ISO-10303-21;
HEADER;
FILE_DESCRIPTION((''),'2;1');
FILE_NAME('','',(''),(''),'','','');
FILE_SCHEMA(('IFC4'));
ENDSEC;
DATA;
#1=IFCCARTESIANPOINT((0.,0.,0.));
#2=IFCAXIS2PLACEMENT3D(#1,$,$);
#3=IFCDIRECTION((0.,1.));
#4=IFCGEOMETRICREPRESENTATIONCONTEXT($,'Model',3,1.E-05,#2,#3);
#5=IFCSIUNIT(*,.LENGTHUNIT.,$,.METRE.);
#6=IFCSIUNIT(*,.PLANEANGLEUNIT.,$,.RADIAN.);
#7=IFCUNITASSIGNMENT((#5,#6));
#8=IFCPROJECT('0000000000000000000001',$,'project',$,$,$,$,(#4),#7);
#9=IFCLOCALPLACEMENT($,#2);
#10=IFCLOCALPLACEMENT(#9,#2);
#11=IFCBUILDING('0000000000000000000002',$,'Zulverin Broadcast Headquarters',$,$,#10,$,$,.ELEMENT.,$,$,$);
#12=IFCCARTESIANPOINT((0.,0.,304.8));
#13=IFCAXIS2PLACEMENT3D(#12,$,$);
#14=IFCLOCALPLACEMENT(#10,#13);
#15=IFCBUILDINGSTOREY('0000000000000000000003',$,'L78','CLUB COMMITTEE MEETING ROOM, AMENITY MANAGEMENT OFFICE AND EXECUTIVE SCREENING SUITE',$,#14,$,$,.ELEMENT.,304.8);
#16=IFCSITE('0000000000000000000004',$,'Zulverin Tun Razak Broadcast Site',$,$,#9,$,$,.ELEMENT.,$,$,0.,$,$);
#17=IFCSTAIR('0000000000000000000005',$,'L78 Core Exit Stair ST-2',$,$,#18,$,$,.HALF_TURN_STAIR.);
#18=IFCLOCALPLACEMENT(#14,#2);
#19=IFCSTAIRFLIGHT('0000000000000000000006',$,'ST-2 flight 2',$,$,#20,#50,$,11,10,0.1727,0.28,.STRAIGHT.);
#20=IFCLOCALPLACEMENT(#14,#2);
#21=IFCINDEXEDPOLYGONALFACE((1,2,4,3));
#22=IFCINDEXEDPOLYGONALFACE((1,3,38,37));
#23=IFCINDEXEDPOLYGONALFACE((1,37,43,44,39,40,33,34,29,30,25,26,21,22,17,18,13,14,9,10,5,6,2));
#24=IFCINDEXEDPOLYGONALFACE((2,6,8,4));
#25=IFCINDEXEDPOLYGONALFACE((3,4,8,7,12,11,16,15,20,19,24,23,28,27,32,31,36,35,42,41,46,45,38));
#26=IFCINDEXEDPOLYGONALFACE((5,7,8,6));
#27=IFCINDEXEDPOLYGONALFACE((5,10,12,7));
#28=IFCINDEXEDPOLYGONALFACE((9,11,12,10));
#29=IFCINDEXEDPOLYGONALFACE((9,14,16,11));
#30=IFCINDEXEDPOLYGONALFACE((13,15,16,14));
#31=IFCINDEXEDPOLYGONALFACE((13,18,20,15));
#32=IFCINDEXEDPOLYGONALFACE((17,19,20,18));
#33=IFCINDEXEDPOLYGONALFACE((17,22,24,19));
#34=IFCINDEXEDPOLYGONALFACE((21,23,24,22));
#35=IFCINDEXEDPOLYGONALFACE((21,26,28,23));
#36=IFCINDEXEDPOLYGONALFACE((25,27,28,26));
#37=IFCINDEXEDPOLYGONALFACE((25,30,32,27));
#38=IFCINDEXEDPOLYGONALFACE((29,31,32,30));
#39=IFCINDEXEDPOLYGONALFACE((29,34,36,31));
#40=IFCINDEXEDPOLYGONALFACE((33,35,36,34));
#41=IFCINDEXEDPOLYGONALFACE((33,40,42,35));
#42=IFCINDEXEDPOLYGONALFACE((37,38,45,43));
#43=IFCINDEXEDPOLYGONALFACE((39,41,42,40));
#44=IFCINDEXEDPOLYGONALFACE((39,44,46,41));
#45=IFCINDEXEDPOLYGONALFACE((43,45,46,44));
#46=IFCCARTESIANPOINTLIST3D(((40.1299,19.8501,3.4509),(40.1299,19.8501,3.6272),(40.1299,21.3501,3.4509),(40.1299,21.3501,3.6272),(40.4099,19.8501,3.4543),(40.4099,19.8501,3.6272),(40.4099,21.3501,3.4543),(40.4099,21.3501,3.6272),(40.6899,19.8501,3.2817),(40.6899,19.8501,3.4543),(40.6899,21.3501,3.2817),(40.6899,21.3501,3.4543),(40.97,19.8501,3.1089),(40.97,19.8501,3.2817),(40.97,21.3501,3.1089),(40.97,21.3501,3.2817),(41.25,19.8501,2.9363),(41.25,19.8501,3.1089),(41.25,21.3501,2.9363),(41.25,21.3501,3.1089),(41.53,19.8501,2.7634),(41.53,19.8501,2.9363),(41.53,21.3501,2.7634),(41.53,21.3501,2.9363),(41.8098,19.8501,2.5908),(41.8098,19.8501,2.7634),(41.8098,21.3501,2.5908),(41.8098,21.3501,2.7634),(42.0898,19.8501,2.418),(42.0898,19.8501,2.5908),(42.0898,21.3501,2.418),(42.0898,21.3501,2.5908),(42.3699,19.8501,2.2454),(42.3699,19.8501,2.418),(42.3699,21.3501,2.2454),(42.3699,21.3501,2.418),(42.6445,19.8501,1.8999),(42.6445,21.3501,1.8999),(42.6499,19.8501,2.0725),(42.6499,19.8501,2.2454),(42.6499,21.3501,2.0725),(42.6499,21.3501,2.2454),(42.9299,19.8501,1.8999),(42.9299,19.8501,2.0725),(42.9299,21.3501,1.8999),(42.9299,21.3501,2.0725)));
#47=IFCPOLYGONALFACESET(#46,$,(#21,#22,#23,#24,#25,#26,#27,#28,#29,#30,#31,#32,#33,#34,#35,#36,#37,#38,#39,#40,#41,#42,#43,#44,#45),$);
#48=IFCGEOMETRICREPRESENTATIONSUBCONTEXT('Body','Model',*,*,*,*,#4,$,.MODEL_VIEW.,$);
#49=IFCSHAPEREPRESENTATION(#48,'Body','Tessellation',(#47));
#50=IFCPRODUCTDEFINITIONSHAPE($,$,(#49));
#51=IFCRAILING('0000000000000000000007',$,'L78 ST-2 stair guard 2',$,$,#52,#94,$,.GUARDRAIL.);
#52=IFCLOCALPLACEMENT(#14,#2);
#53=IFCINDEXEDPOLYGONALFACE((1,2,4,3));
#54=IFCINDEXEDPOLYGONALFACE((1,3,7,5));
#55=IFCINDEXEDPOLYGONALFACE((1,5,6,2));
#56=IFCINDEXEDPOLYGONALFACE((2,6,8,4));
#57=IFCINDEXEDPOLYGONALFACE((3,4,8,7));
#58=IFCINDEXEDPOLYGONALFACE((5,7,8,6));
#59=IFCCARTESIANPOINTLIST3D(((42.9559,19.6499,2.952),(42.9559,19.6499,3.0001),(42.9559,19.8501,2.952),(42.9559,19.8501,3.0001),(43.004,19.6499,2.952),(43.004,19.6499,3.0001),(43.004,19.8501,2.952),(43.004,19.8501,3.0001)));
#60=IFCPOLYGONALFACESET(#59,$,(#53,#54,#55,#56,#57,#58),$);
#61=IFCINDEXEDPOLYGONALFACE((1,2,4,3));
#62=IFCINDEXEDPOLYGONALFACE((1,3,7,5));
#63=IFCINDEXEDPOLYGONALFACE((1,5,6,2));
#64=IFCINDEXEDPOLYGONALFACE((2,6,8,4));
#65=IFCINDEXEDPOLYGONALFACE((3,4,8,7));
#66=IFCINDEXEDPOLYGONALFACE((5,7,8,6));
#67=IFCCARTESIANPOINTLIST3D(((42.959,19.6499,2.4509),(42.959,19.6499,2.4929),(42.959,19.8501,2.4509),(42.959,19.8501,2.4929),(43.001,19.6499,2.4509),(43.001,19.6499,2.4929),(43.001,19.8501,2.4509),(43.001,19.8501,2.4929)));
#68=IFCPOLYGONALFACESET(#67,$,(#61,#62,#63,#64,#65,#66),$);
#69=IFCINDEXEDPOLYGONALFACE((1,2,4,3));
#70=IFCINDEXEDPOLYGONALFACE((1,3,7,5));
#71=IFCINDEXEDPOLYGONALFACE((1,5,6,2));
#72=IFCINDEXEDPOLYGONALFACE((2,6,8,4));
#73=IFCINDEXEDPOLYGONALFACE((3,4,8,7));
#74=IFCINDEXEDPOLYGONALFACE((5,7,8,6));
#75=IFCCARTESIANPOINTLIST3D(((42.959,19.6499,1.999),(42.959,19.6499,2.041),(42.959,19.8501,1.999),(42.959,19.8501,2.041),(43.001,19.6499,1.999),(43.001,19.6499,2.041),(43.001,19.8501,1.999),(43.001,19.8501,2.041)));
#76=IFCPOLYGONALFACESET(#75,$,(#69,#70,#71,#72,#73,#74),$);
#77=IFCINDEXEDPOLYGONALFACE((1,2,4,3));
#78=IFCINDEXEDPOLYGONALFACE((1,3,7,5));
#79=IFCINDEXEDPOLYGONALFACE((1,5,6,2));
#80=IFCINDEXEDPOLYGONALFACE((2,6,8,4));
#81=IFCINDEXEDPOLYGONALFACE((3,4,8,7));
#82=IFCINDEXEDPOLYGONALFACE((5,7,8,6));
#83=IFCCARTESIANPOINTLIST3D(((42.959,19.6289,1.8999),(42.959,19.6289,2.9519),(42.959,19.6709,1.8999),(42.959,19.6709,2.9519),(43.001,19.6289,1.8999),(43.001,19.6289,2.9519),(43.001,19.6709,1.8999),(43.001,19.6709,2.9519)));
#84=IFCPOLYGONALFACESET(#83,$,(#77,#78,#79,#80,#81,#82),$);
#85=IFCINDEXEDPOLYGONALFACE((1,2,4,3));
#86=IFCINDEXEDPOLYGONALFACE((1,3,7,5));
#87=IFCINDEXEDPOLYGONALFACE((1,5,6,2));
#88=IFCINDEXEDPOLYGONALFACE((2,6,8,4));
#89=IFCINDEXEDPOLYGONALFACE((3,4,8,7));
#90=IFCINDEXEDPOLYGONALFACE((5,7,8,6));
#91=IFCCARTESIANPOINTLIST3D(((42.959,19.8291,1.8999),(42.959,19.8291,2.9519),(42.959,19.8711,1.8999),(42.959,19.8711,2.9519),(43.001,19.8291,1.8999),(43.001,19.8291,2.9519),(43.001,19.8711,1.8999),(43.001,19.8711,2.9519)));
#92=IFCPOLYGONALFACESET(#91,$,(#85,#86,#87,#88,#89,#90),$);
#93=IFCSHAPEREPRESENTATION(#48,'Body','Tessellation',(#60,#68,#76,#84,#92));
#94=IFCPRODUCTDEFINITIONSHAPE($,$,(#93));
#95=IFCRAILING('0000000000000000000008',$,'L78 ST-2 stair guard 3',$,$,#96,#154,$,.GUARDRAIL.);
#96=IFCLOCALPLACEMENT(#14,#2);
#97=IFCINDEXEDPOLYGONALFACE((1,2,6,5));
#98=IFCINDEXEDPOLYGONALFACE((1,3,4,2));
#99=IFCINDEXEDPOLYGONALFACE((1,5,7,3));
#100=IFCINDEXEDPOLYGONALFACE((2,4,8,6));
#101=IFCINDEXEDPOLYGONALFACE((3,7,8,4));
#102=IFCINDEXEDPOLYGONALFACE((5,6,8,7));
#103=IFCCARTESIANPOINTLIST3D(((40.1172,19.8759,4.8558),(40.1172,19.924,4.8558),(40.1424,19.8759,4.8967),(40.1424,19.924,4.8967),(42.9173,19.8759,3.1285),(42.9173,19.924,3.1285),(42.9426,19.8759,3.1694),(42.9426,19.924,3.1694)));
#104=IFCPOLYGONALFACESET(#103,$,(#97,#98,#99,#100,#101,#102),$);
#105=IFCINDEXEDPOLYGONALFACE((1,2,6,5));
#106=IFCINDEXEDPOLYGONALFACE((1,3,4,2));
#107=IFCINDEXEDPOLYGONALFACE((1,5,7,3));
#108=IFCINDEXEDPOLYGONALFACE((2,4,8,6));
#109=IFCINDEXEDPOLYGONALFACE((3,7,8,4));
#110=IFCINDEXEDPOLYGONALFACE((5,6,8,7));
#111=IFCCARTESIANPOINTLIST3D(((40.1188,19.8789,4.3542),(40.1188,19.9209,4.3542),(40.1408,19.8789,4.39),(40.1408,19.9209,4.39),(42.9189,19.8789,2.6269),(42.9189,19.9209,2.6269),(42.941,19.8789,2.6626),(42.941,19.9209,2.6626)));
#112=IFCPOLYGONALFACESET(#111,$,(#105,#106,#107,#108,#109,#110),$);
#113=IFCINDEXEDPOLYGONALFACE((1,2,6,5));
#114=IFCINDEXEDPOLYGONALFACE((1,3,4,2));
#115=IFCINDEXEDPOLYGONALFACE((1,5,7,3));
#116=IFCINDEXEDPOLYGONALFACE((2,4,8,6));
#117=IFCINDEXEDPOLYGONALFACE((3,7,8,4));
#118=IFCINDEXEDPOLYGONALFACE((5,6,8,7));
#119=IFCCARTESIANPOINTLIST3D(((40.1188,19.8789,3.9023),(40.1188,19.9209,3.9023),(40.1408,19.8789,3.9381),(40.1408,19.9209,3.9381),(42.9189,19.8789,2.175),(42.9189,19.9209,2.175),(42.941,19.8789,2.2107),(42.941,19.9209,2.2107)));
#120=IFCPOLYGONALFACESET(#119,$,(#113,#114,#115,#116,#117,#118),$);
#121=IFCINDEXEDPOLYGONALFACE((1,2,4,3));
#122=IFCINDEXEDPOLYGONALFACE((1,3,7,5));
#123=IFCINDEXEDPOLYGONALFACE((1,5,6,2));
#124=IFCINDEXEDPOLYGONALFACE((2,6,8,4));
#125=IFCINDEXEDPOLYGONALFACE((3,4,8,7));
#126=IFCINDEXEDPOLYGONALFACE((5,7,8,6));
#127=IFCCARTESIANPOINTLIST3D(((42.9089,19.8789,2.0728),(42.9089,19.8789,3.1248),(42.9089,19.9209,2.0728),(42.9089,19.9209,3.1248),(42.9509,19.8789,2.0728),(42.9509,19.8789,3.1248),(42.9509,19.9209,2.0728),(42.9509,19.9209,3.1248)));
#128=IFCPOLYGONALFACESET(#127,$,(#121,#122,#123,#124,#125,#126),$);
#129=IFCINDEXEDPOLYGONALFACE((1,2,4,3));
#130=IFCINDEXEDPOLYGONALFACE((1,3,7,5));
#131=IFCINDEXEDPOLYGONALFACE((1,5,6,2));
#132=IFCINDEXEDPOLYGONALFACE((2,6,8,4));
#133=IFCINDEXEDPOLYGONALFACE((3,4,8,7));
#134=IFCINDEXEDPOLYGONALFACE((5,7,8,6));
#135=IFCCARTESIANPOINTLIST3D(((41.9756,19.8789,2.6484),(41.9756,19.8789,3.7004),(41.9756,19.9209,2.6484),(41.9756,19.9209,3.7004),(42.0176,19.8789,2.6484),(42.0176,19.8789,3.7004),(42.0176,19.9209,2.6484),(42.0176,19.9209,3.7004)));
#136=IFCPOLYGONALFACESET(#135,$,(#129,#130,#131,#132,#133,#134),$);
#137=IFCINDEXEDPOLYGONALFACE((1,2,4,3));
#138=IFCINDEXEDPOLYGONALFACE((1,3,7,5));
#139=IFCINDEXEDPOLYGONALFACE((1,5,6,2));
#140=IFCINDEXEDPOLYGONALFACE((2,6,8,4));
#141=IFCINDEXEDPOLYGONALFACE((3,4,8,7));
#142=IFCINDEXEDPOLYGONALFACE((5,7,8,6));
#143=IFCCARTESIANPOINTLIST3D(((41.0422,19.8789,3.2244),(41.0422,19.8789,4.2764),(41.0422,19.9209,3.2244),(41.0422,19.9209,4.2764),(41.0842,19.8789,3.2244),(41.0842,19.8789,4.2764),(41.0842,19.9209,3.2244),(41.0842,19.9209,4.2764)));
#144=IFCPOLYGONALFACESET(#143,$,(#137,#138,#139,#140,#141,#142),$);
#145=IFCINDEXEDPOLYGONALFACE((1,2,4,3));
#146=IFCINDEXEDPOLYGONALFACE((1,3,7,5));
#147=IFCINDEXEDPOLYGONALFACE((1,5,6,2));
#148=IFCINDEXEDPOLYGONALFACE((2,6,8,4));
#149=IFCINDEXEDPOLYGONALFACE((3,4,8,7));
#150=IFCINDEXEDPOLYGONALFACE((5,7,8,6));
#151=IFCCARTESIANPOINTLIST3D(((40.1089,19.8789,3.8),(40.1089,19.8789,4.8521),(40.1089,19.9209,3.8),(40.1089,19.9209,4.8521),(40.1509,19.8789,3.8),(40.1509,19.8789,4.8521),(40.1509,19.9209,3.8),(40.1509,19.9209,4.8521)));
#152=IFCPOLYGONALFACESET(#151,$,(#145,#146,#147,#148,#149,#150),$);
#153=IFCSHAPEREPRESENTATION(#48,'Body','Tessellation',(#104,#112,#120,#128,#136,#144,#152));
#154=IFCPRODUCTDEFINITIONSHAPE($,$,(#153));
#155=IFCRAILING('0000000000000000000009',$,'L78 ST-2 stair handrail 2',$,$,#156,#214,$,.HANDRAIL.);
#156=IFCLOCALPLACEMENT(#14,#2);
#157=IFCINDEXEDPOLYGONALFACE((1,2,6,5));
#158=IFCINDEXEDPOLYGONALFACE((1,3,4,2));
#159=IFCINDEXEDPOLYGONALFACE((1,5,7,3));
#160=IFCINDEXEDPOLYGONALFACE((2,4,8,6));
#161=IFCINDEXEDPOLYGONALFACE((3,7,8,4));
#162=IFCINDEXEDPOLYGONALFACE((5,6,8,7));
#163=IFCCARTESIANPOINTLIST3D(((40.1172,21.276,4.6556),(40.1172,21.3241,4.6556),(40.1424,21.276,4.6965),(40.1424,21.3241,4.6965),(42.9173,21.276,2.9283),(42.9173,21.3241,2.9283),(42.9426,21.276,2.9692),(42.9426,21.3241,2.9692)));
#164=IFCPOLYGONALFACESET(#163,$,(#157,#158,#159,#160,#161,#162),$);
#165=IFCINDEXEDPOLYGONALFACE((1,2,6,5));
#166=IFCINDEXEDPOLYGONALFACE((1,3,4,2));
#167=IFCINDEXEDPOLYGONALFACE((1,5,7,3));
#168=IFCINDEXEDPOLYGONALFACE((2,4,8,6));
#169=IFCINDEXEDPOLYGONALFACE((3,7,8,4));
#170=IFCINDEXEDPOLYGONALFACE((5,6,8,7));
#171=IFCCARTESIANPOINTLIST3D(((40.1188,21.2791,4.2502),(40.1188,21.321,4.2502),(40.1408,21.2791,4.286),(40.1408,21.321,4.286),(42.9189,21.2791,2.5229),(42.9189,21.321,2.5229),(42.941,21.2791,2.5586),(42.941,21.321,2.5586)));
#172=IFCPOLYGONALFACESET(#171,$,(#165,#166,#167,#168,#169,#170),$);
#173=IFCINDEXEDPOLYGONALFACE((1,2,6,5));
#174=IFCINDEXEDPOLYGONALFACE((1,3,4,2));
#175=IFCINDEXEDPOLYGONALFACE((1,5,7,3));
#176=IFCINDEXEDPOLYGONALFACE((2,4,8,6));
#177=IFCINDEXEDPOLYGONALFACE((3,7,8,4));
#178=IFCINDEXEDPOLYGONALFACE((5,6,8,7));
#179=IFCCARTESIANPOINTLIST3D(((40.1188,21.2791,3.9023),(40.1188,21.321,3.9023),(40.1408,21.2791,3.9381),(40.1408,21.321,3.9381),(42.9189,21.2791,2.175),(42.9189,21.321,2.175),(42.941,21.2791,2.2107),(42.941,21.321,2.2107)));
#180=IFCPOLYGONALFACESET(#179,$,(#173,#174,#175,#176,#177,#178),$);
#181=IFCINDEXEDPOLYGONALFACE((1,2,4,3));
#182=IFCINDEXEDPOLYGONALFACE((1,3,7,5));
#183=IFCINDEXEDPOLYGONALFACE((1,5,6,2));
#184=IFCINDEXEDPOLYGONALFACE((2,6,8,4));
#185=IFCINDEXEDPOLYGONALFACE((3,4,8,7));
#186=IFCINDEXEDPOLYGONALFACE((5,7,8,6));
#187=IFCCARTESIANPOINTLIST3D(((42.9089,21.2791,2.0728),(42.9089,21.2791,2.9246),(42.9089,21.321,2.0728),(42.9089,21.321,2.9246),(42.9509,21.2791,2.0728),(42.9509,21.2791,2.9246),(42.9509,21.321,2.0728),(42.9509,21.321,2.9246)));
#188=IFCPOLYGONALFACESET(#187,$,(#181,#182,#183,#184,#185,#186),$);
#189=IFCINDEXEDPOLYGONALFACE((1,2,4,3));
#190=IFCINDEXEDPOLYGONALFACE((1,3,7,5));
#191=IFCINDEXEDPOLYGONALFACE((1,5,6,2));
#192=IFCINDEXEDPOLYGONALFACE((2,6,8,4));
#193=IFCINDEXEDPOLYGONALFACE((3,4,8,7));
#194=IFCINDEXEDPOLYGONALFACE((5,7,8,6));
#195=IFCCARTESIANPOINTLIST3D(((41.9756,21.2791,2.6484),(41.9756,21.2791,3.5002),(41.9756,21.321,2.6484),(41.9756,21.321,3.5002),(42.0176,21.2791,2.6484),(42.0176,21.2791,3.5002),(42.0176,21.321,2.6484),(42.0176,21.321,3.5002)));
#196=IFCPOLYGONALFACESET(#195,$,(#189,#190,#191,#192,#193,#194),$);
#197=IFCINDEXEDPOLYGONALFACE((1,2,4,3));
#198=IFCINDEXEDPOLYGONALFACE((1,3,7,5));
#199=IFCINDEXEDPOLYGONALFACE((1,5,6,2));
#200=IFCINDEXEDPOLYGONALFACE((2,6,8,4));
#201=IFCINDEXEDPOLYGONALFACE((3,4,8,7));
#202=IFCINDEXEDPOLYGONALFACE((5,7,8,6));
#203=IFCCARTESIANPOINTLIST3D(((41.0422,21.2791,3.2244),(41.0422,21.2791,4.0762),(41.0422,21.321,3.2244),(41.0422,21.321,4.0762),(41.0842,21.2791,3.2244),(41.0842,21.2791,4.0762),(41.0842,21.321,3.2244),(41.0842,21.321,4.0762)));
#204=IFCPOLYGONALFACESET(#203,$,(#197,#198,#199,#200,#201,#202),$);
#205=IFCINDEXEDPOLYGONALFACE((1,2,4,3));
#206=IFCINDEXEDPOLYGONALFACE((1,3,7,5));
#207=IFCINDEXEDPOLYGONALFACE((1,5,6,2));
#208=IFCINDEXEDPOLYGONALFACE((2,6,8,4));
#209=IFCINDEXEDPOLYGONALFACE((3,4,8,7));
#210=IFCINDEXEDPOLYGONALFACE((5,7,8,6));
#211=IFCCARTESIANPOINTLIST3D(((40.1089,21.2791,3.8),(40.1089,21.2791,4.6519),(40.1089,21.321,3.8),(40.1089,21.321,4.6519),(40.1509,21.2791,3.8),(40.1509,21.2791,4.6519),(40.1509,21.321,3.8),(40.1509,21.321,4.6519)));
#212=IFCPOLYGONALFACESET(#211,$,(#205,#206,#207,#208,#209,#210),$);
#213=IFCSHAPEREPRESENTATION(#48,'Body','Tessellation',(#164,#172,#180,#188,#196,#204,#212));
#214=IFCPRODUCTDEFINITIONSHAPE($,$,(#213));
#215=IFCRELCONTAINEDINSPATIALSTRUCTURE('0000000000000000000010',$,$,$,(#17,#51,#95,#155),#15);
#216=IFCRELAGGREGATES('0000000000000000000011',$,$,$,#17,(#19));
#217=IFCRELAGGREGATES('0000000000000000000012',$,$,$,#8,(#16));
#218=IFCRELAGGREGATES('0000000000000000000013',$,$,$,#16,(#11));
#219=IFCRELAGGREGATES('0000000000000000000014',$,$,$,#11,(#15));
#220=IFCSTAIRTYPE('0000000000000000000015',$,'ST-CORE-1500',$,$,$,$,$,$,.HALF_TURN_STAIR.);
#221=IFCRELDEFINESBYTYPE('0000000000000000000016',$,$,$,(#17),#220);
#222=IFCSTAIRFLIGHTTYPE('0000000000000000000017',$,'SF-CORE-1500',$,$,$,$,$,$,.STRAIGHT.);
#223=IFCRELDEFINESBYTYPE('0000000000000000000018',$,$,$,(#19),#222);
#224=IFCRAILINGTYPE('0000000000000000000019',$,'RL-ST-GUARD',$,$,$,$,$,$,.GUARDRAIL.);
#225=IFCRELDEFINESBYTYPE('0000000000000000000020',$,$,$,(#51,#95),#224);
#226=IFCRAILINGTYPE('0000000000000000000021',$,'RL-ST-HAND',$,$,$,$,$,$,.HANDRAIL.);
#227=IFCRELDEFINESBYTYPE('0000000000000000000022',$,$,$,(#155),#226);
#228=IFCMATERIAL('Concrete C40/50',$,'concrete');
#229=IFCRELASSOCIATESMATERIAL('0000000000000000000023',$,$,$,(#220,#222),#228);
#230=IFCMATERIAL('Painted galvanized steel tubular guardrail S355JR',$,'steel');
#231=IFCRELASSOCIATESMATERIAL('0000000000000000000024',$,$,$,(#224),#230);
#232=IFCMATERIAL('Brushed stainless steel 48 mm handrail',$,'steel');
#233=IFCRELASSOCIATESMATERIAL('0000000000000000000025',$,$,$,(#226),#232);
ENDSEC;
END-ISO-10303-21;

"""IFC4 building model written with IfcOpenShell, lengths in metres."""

from ifc_helpers import new_model, si_unit, direction, frame, origin, origin_2d, place, context, subcontext, project, spatial, polyline, rectangle, outline, extrude, material, type_object, element, aggregate, save


model = new_model("IFC4")

# Units and contexts
model_context = context("Model", 3, precision=1e-05, world=origin(), true_north=direction((0.0, 1.0)))
body_context = subcontext(model_context, "Body", "Model", "MODEL_VIEW")
ifc_project = project(units=[si_unit("LENGTHUNIT", "METRE"), si_unit("PLANEANGLEUNIT", "RADIAN")], contexts=[model_context])

# Site, building, storey
site_placement = place(None, origin())
site = spatial("IfcSite", under=ifc_project, at=site_placement, Name="Zulverin Tun Razak Broadcast Site", CompositionType="ELEMENT", RefElevation=0.0)
building_placement = place(site_placement, origin())
building = spatial("IfcBuilding", under=site, at=building_placement, Name="Zulverin Broadcast Headquarters", CompositionType="ELEMENT")
storey_placement = place(building_placement, frame((0.0, 0.0, 304.8)))
storey = spatial("IfcBuildingStorey", under=building, at=storey_placement, Name="L78", Description="CLUB COMMITTEE MEETING ROOM, AMENITY MANAGEMENT OFFICE AND EXECUTIVE SCREENING SUITE", CompositionType="ELEMENT", Elevation=304.8)

# Shared definitions
ifc_material_1 = material(Name="Concrete C40/50", Category="concrete")

# Stair, stair flight
stair_type = type_object("IfcStairType", Name="ST-CORE-1500", PredefinedType="HALF_TURN_STAIR", material=ifc_material_1)
stair_placement = place(storey_placement, origin())
stair = element("IfcStair", 1, at=stair_placement, inside=storey, type_object=stair_type, Name="L78 Core Exit Stair ST-2", PredefinedType="HALF_TURN_STAIR")
stair_flight_type = type_object("IfcStairFlightType", Name="SF-CORE-1500", PredefinedType="STRAIGHT", material=ifc_material_1)
stair_flight_placement = place(storey_placement, frame((42.9299, 20.6001, 1.8999), z_axis=(0.0, 0.0, 1.0), x_axis=(-1.0, 0.0, 0.0)))
stair_flight = element("IfcStairFlight", 2, at=stair_flight_placement, type_object=stair_flight_type, Name="ST-2 flight 2", NumberOfRisers=11, NumberOfTreads=10, PredefinedType="STRAIGHT", RiserHeight=0.1727, TreadLength=0.28, context=body_context, shape_type="SweptSolid", body=[
    extrude(outline(polyline([(0.0, 0.0), (0.0, 0.1726), (0.28, 0.1726), (0.28, 0.3455), (0.5601, 0.3455), (0.5601, 0.5181), (0.8401, 0.5181), (0.8401, 0.6909), (1.1201, 0.6909), (1.1201, 0.8635), (1.3999, 0.8635), (1.3999, 1.0364), (1.6799, 1.0364), (1.6799, 1.209), (1.96, 1.209), (1.96, 1.3818), (2.24, 1.3818), (2.24, 1.5544), (2.52, 1.5544), (2.52, 1.7273), (2.8, 1.7273), (2.8, 1.8999), (2.8, 1.551), (0.2854, 0.0), (0.0, 0.0)])), frame((0.0, 0.75, 0.0), z_axis=(0.0, -1.0, 0.0), x_axis=(1.0, 0.0, 0.0)), (0.0, 0.0, 1.0), 1.5),
])
aggregate(stair, [stair_flight])

# Railings
ifc_material_2 = material(Name="Painted galvanized steel tubular guardrail S355JR", Category="steel")
railing_type_1 = type_object("IfcRailingType", Name="RL-ST-GUARD", PredefinedType="GUARDRAIL", material=ifc_material_2)
railing_1_placement = place(storey_placement, frame((42.98, 19.6499, 1.8999)))
element("IfcRailing", 3, at=railing_1_placement, inside=storey, type_object=railing_type_1, Name="L78 ST-2 stair guard 2", PredefinedType="GUARDRAIL", context=body_context, shape_type="SweptSolid", body=[
    extrude(rectangle(XDim=0.0481, YDim=0.0481, at=origin_2d()), frame((0.0, 0.0, 1.0762), z_axis=(0.0, 1.0, 0.0), x_axis=(-1.0, 0.0, 0.0)), (0.0, 0.0, 1.0), 0.2002),
    extrude(rectangle(XDim=0.042, YDim=0.042, at=origin_2d()), frame((0.0, 0.0, 0.572), z_axis=(0.0, 1.0, 0.0), x_axis=(-1.0, 0.0, 0.0)), (0.0, 0.0, 1.0), 0.2002),
    extrude(rectangle(XDim=0.042, YDim=0.042, at=origin_2d()), frame((0.0, 0.0, 0.1201), z_axis=(0.0, 1.0, 0.0), x_axis=(-1.0, 0.0, 0.0)), (0.0, 0.0, 1.0), 0.2002),
    extrude(rectangle(XDim=0.042, YDim=0.042, at=origin_2d()), origin(), (0.0, 0.0, 1.0), 1.052),
    extrude(rectangle(XDim=0.042, YDim=0.042, at=origin_2d()), frame((0.0, 0.2002, 0.0)), (0.0, 0.0, 1.0), 1.052),
])
railing_2_placement = place(storey_placement, frame((42.9299, 19.8999, 2.0728)))
element("IfcRailing", 4, at=railing_2_placement, inside=storey, type_object=railing_type_1, Name="L78 ST-2 stair guard 3", PredefinedType="GUARDRAIL", context=body_context, shape_type="SweptSolid", body=[
    extrude(rectangle(XDim=0.0481, YDim=0.0481, at=origin_2d()), frame((0.0, 0.0, 1.0762), z_axis=(-0.85109, 0.0, 0.52502), x_axis=(0.0, -1.0, 0.0)), (0.0, 0.0, 1.0), 3.29),
    extrude(rectangle(XDim=0.042, YDim=0.042, at=origin_2d()), frame((0.0, 0.0, 0.572), z_axis=(-0.85109, 0.0, 0.52502), x_axis=(0.0, -1.0, 0.0)), (0.0, 0.0, 1.0), 3.29),
    extrude(rectangle(XDim=0.042, YDim=0.042, at=origin_2d()), frame((0.0, 0.0, 0.1201), z_axis=(-0.85109, 0.0, 0.52502), x_axis=(0.0, -1.0, 0.0)), (0.0, 0.0, 1.0), 3.29),
    extrude(rectangle(XDim=0.042, YDim=0.042, at=origin_2d()), origin(), (0.0, 0.0, 1.0), 1.052),
    extrude(rectangle(XDim=0.042, YDim=0.042, at=origin_2d()), frame((-0.9333, 0.0, 0.5757)), (0.0, 0.0, 1.0), 1.052),
    extrude(rectangle(XDim=0.042, YDim=0.042, at=origin_2d()), frame((-1.8667, 0.0, 1.1516)), (0.0, 0.0, 1.0), 1.052),
    extrude(rectangle(XDim=0.042, YDim=0.042, at=origin_2d()), frame((-2.8, 0.0, 1.7273)), (0.0, 0.0, 1.0), 1.052),
])
ifc_material_3 = material(Name="Brushed stainless steel 48 mm handrail", Category="steel")
railing_type_2 = type_object("IfcRailingType", Name="RL-ST-HAND", PredefinedType="HANDRAIL", material=ifc_material_3)
railing_3_placement = place(storey_placement, frame((42.9299, 21.3, 2.0728)))
element("IfcRailing", 5, at=railing_3_placement, inside=storey, type_object=railing_type_2, Name="L78 ST-2 stair handrail 2", PredefinedType="HANDRAIL", context=body_context, shape_type="SweptSolid", body=[
    extrude(rectangle(XDim=0.0481, YDim=0.0481, at=origin_2d()), frame((0.0, 0.0, 0.876), z_axis=(-0.85109, 0.0, 0.52502), x_axis=(0.0, -1.0, 0.0)), (0.0, 0.0, 1.0), 3.29),
    extrude(rectangle(XDim=0.042, YDim=0.042, at=origin_2d()), frame((0.0, 0.0, 0.468), z_axis=(-0.85109, 0.0, 0.52502), x_axis=(0.0, -1.0, 0.0)), (0.0, 0.0, 1.0), 3.29),
    extrude(rectangle(XDim=0.042, YDim=0.042, at=origin_2d()), frame((0.0, 0.0, 0.1201), z_axis=(-0.85109, 0.0, 0.52502), x_axis=(0.0, -1.0, 0.0)), (0.0, 0.0, 1.0), 3.29),
    extrude(rectangle(XDim=0.042, YDim=0.042, at=origin_2d()), origin(), (0.0, 0.0, 1.0), 0.8518),
    extrude(rectangle(XDim=0.042, YDim=0.042, at=origin_2d()), frame((-0.9333, 0.0, 0.5757)), (0.0, 0.0, 1.0), 0.8518),
    extrude(rectangle(XDim=0.042, YDim=0.042, at=origin_2d()), frame((-1.8667, 0.0, 1.1516)), (0.0, 0.0, 1.0), 0.8518),
    extrude(rectangle(XDim=0.042, YDim=0.042, at=origin_2d()), frame((-2.8, 0.0, 1.7273)), (0.0, 0.0, 1.0), 0.8518),
])

save(model, "model.ifc")
